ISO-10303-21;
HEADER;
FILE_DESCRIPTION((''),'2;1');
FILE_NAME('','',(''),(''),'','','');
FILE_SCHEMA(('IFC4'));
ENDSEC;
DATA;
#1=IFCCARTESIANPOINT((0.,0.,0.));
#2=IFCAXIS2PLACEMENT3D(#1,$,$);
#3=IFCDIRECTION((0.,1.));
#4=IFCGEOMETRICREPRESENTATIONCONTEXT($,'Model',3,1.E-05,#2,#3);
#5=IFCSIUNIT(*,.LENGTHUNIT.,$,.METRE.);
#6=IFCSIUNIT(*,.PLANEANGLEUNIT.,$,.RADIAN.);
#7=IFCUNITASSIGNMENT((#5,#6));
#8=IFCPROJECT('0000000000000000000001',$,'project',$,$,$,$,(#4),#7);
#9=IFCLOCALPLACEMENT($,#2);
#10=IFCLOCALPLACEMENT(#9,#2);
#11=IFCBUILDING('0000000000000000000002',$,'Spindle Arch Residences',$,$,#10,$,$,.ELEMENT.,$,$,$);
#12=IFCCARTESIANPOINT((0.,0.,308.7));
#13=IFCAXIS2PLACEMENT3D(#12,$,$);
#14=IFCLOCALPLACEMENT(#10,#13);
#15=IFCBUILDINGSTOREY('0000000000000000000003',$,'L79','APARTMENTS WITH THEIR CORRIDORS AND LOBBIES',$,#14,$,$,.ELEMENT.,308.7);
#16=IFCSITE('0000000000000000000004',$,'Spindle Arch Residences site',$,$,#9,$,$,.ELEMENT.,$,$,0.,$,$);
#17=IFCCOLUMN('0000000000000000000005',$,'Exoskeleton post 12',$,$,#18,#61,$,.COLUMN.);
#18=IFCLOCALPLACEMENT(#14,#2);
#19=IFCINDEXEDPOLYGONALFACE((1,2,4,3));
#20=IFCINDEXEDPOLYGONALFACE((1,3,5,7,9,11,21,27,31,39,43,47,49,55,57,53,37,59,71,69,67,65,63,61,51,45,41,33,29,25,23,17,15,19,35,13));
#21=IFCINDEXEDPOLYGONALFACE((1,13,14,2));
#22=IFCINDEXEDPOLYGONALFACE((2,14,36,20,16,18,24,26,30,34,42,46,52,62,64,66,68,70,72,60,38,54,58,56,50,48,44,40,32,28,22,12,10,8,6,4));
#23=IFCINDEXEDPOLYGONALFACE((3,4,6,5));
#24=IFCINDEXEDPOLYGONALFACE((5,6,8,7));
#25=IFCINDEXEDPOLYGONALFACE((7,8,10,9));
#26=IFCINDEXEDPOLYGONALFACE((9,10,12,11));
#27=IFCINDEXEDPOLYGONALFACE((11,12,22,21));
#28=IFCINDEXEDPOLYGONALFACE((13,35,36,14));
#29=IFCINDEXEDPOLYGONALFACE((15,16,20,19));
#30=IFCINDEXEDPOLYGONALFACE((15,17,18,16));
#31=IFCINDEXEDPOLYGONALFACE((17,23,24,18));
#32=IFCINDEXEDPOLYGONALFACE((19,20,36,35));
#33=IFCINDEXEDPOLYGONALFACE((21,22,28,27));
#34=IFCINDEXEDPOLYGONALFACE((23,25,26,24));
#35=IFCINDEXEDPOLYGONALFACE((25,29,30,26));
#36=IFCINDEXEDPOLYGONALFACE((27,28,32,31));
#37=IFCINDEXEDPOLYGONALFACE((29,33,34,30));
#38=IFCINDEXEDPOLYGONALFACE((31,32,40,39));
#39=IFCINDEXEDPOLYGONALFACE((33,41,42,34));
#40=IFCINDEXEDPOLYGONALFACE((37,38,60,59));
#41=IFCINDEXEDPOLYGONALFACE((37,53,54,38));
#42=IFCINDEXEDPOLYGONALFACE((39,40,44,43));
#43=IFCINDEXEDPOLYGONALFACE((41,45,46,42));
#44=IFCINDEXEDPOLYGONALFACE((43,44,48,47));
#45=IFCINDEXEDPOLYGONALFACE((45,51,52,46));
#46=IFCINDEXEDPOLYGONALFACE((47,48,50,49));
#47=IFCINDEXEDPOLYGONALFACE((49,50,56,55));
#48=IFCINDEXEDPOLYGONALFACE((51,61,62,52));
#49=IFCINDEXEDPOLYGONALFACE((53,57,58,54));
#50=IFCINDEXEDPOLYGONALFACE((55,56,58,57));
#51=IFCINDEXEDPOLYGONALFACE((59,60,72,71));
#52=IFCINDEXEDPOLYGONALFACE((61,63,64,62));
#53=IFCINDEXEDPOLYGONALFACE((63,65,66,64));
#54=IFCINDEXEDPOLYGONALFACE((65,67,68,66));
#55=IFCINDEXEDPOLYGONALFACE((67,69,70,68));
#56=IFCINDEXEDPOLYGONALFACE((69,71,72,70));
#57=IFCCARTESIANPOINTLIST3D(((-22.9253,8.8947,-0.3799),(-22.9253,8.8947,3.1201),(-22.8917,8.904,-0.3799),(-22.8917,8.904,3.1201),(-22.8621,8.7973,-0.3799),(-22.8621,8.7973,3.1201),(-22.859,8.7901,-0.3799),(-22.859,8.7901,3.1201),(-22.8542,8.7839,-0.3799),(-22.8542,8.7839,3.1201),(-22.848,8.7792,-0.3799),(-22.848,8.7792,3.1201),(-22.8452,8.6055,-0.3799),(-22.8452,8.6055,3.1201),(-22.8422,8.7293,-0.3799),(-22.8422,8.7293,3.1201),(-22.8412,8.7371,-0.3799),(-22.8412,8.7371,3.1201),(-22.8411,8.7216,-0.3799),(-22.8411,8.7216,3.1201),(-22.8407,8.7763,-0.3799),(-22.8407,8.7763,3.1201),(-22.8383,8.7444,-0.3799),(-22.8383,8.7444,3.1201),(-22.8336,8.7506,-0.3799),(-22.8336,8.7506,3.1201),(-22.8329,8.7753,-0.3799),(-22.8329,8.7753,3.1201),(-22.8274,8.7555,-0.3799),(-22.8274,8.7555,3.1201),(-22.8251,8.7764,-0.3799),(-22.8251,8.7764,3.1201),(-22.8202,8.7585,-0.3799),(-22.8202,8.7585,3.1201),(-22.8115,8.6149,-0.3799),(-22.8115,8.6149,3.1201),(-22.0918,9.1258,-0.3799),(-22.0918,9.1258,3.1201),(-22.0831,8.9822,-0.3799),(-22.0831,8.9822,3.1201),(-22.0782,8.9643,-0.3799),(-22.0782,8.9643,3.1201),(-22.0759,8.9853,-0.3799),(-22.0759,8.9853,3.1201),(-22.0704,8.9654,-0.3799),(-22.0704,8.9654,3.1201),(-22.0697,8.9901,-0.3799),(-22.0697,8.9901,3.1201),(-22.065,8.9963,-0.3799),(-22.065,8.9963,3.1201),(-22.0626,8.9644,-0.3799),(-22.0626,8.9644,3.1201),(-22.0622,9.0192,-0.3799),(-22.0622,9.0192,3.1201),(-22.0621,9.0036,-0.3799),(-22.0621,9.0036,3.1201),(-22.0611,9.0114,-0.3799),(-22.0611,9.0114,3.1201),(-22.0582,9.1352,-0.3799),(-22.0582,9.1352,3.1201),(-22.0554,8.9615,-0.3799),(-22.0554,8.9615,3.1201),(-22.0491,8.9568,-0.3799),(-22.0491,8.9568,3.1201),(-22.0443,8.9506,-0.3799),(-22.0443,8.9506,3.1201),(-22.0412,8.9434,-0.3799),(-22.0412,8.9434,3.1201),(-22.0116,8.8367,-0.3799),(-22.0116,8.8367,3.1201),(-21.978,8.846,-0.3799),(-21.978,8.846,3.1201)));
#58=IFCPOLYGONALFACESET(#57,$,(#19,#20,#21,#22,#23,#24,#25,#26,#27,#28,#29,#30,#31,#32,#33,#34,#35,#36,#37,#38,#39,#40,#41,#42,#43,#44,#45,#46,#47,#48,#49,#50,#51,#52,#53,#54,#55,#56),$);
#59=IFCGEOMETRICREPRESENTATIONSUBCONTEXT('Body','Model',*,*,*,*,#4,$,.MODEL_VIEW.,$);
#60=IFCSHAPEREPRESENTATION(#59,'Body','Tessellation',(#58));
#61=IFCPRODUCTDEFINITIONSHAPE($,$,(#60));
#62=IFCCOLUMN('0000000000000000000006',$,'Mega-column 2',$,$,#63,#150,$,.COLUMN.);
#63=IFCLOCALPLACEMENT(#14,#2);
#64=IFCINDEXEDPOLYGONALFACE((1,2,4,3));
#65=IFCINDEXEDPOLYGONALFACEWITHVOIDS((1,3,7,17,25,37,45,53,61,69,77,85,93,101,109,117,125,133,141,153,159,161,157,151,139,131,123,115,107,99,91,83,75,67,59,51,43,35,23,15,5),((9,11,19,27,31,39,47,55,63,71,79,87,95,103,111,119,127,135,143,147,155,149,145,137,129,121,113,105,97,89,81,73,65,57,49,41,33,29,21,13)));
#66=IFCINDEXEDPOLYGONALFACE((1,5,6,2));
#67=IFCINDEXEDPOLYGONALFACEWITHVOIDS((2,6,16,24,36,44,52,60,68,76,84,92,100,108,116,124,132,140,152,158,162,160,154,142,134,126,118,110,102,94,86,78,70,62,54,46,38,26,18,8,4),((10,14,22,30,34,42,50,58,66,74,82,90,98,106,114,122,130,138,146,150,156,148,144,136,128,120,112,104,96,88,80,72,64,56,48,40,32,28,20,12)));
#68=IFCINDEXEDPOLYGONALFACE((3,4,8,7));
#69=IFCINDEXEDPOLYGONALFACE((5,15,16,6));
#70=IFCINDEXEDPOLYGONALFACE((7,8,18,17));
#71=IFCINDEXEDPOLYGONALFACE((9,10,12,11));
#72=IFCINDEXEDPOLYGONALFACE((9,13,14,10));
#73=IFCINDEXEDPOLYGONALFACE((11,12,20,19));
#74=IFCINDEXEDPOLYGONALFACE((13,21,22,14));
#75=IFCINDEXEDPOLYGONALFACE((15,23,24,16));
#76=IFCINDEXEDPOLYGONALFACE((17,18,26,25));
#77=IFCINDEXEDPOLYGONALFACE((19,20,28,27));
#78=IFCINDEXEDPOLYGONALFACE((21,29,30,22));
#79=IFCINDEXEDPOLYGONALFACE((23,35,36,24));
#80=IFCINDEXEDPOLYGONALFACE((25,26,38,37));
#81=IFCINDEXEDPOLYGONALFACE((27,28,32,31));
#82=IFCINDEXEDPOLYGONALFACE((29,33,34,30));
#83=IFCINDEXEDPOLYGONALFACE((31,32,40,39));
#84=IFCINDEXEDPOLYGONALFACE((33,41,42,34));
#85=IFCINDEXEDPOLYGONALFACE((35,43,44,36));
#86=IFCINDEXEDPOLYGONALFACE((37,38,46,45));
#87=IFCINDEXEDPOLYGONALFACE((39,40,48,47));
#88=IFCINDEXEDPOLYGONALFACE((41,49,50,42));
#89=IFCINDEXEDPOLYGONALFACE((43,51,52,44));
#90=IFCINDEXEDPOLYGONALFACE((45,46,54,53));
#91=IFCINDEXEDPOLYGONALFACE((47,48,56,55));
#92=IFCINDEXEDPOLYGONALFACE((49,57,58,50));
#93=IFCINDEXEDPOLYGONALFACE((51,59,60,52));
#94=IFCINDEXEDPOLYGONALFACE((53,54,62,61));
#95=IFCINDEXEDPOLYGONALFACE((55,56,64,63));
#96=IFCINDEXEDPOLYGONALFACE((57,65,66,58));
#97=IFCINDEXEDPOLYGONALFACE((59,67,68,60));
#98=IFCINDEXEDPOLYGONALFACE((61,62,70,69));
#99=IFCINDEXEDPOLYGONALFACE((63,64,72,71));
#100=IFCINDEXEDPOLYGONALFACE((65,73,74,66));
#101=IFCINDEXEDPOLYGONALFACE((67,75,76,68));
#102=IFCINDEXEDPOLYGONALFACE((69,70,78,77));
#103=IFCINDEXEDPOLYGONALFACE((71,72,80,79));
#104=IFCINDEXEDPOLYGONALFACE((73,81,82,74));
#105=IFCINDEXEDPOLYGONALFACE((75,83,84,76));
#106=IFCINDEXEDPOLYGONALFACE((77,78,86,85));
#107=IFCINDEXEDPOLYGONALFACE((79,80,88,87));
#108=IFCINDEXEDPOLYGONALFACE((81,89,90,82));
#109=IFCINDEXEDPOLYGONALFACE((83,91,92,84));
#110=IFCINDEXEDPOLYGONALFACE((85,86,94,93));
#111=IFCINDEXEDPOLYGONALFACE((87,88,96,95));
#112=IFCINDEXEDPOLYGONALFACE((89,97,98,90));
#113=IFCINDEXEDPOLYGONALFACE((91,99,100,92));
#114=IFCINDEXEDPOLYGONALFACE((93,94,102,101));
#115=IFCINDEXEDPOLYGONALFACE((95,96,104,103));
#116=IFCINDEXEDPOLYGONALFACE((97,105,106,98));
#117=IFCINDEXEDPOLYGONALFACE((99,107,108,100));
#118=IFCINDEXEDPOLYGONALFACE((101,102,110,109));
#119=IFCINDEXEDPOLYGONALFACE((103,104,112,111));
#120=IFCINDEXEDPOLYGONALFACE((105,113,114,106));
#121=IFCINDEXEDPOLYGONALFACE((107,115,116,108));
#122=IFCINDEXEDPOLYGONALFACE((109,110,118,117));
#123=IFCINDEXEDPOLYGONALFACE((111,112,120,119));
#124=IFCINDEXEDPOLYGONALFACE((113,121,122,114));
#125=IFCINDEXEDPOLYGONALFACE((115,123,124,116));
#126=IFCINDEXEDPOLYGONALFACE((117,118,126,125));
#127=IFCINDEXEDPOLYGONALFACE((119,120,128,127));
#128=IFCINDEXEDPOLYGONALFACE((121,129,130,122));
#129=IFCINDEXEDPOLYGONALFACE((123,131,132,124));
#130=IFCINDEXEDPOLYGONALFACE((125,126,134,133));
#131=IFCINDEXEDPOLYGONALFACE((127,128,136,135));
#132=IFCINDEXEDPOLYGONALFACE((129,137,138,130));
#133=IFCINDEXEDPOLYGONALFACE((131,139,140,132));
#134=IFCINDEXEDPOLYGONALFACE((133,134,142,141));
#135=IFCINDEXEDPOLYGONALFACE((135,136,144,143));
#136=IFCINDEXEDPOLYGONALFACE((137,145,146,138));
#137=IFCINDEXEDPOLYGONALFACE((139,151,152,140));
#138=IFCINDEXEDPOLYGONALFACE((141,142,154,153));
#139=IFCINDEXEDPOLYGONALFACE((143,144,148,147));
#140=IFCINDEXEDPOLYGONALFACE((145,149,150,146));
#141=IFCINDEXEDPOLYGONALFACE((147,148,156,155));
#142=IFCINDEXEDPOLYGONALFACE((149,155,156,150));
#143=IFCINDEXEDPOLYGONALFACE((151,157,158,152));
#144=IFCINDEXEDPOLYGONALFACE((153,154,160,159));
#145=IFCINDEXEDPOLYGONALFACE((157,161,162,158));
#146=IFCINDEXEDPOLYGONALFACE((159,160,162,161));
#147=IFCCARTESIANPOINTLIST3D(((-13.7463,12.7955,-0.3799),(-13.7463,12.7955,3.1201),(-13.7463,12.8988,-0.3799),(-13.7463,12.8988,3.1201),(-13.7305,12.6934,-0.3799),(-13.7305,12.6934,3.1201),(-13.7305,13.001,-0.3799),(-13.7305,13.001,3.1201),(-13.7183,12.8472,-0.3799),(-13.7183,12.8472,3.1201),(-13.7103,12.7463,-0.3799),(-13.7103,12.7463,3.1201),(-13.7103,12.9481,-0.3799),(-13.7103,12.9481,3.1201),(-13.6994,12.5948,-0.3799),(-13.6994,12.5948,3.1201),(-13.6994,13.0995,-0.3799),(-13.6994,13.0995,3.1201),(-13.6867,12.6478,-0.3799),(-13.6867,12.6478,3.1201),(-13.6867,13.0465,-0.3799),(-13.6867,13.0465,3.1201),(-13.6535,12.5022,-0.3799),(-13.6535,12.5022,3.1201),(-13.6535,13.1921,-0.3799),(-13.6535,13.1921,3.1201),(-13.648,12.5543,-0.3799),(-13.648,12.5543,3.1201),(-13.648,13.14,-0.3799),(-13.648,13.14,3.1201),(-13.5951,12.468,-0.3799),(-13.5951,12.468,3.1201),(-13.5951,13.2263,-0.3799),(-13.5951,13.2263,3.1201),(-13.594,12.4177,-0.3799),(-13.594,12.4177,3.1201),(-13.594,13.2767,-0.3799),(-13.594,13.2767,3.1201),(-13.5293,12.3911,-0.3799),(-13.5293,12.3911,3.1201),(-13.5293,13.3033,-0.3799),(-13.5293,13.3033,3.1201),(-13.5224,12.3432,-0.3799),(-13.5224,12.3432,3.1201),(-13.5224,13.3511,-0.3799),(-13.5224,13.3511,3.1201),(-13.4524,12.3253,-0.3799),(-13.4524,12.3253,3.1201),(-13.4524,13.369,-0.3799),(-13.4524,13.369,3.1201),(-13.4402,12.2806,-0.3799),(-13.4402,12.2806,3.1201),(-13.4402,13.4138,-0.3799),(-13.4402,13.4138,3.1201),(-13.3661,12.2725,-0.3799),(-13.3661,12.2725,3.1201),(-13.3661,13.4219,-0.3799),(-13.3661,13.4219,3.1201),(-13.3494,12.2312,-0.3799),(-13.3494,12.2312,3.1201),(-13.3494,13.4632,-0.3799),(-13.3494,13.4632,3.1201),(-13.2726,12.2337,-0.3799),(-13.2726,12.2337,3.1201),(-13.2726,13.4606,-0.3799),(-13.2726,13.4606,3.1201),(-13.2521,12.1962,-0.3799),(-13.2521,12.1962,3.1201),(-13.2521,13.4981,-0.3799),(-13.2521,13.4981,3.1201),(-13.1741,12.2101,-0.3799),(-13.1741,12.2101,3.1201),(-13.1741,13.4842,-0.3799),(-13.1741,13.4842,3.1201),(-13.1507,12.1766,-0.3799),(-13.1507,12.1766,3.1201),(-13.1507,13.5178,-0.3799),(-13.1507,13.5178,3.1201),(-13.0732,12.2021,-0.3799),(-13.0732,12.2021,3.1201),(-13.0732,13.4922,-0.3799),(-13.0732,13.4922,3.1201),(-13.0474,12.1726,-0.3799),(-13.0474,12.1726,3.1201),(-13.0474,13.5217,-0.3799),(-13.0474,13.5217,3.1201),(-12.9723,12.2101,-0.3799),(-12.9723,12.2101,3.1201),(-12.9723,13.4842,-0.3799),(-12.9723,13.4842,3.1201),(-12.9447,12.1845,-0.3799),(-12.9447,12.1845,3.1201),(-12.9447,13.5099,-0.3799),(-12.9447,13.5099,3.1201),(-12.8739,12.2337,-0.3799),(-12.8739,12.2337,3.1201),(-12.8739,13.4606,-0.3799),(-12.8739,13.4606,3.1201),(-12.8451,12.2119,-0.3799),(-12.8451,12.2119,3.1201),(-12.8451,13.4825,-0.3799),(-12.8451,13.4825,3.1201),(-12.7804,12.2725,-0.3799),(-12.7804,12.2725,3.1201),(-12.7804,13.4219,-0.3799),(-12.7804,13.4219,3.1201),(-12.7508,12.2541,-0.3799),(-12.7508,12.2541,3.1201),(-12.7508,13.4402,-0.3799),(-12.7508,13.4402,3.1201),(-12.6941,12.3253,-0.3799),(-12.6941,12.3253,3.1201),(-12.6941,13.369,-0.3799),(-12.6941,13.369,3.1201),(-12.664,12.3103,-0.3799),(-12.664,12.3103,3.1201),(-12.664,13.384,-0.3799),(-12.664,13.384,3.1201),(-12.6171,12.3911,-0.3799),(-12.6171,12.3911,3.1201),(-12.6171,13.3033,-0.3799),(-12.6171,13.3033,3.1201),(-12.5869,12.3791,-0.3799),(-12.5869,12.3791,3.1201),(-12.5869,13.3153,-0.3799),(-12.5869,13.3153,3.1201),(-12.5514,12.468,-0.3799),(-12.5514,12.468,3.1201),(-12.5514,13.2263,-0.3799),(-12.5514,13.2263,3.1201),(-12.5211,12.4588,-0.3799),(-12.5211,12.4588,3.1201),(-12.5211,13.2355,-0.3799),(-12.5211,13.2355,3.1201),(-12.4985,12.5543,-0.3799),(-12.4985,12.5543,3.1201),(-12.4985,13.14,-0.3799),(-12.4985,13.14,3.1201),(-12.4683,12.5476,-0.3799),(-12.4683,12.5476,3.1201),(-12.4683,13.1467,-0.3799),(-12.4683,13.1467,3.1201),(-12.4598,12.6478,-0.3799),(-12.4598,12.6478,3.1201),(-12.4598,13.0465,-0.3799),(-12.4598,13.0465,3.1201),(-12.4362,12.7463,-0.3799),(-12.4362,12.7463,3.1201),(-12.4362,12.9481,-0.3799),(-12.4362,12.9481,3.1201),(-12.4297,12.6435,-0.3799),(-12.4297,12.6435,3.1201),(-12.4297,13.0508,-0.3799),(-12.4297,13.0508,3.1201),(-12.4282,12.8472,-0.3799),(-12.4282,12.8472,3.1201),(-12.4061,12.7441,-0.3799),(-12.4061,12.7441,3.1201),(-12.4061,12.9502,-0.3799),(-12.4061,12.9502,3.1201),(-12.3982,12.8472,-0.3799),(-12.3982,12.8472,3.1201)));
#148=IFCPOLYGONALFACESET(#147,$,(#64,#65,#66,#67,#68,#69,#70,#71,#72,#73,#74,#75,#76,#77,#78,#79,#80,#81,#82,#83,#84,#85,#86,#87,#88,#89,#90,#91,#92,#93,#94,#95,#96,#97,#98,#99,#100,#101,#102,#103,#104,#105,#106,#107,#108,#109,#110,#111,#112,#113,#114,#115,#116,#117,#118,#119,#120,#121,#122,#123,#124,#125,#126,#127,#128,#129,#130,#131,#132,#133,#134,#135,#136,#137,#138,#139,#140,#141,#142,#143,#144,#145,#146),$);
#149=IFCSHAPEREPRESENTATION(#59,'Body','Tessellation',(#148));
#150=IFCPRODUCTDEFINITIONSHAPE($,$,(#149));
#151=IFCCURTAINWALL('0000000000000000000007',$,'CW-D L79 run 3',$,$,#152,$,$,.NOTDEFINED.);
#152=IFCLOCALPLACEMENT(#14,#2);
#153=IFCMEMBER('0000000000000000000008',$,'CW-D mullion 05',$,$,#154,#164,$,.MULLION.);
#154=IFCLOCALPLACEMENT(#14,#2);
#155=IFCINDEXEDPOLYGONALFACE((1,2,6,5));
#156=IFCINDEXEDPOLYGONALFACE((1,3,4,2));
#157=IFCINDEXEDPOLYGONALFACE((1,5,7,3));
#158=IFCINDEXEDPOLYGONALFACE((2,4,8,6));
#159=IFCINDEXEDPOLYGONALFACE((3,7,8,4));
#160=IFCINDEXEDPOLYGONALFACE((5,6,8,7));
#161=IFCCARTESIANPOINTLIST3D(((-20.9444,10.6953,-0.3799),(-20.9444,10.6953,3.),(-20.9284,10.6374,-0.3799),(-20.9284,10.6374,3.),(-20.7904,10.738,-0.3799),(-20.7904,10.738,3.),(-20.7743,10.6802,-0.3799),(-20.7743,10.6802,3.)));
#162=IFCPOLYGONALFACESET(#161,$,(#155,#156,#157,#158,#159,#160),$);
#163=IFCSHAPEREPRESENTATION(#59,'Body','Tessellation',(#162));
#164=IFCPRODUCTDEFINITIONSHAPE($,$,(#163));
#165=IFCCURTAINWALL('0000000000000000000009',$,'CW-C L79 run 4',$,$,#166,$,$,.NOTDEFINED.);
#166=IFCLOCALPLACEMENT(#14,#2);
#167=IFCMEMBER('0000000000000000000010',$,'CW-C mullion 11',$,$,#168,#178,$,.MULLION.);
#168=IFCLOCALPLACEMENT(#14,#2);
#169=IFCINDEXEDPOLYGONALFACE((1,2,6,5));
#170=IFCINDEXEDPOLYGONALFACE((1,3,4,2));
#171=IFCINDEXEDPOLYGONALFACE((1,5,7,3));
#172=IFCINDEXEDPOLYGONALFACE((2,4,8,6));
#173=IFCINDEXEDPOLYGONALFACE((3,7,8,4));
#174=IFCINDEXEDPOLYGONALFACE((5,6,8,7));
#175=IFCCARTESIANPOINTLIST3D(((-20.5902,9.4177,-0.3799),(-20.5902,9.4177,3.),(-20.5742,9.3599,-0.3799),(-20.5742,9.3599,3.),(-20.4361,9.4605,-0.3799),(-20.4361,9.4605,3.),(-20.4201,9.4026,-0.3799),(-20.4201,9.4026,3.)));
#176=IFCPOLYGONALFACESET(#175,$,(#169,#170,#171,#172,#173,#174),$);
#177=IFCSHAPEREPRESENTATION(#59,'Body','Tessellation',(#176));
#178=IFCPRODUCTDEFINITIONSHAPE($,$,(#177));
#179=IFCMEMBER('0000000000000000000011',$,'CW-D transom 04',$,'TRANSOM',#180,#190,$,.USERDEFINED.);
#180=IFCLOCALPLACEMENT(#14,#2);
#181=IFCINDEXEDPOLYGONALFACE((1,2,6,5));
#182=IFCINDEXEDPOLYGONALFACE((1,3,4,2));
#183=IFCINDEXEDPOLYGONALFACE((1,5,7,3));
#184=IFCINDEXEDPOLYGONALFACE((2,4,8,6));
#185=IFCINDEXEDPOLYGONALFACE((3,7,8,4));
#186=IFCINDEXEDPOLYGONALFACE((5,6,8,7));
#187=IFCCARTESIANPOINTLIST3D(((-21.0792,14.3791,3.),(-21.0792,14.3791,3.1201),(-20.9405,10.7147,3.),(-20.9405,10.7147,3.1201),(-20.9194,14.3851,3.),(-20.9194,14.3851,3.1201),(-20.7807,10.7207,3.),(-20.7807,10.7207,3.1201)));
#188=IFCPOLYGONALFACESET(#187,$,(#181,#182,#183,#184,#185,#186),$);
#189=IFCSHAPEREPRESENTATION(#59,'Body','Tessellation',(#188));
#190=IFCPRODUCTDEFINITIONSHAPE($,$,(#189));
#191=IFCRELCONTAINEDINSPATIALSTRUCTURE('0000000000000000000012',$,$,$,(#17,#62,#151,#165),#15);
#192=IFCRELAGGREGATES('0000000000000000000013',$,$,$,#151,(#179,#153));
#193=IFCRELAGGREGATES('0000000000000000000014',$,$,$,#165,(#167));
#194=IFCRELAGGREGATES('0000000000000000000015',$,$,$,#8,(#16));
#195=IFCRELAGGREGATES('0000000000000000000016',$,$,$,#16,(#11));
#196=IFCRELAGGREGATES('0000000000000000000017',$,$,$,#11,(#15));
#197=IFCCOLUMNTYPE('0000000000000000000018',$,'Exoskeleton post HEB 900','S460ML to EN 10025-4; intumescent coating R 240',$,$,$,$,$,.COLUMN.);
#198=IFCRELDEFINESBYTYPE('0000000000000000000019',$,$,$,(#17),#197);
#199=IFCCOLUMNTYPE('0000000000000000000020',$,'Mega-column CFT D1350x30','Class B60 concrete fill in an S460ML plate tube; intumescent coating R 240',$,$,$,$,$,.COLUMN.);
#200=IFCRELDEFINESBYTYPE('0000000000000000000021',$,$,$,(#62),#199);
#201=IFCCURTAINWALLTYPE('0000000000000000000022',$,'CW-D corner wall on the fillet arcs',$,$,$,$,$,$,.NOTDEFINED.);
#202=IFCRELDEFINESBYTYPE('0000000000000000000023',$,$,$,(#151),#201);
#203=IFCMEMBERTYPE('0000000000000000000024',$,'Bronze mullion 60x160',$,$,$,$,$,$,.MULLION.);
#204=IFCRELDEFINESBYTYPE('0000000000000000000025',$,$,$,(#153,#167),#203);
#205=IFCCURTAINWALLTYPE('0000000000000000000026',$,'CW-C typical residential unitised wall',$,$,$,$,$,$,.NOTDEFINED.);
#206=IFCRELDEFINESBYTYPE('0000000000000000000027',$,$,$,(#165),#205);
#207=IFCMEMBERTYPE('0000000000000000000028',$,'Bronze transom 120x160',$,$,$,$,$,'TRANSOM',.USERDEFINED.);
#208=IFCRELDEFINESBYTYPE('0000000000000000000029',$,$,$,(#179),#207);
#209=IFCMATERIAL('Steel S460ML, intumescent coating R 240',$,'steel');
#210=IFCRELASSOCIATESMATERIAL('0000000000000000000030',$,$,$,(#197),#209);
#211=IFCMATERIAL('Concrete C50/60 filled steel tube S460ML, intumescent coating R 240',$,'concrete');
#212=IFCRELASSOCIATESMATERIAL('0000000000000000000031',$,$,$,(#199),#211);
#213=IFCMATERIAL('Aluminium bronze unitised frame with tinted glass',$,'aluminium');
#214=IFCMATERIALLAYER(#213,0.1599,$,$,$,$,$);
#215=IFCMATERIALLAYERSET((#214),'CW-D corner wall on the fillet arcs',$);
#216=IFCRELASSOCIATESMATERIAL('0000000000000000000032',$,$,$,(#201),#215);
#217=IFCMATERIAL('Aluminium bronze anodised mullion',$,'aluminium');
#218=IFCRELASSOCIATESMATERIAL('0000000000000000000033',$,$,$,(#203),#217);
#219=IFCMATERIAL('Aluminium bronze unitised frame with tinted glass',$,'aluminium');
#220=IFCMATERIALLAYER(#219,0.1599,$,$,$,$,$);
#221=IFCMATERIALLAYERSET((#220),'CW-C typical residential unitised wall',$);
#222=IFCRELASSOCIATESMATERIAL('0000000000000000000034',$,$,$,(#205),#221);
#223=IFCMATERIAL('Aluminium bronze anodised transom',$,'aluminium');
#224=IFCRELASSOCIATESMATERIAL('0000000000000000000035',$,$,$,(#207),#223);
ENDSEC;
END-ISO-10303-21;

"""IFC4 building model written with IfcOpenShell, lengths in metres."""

from ifc_helpers import new_model, si_unit, direction, frame, origin, origin_2d, place, context, subcontext, project, spatial, rectangle, hollow_circle, i_section, extrude, material, layer, layer_set, material_profile, profile_set, type_object, element, aggregate, save


model = new_model("IFC4")

# Units and contexts
model_context = context("Model", 3, precision=1e-05, world=origin(), true_north=direction((0.0, 1.0)))
body_context = subcontext(model_context, "Body", "Model", "MODEL_VIEW")
ifc_project = project(units=[si_unit("LENGTHUNIT", "METRE"), si_unit("PLANEANGLEUNIT", "RADIAN")], contexts=[model_context])

# Site, building, storey
site_placement = place(None, origin())
site = spatial("IfcSite", under=ifc_project, at=site_placement, Name="Spindle Arch Residences site", CompositionType="ELEMENT", RefElevation=0.0)
building_placement = place(site_placement, origin())
building = spatial("IfcBuilding", under=site, at=building_placement, Name="Spindle Arch Residences", CompositionType="ELEMENT")
storey_placement = place(building_placement, frame((0.0, 0.0, 308.7)))
storey = spatial("IfcBuildingStorey", under=building, at=storey_placement, Name="L79", Description="APARTMENTS WITH THEIR CORRIDORS AND LOBBIES", CompositionType="ELEMENT", Elevation=308.7)

# Columns
ifc_material_1 = material(Name="Steel S460ML, intumescent coating R 240", Category="steel")
ifc_material_profile_1 = material_profile(ifc_material_1, i_section(OverallWidth=0.3, OverallDepth=0.8999, WebThickness=0.0186, FlangeThickness=0.0349, FilletRadius=0.03, at=origin_2d()), Name="HEB 900")
ifc_profile_set_1 = profile_set([ifc_material_profile_1], Name="Steel S460ML, intumescent coating R 240")
column_type_1 = type_object("IfcColumnType", Name="Exoskeleton post HEB 900", Description="S460ML to EN 10025-4; intumescent coating R 240", PredefinedType="COLUMN", material=ifc_profile_set_1)
column_1_placement = place(storey_placement, frame((-22.4517, 8.8704, -0.3799), z_axis=(0.0, 0.0, 1.0), x_axis=(-0.267238, 0.963631, 0.0)))
element("IfcColumn", 1, at=column_1_placement, inside=storey, type_object=column_type_1, Name="Exoskeleton post 12", PredefinedType="COLUMN", context=body_context, shape_type="SweptSolid", body=[
    extrude(i_section(OverallWidth=0.3, OverallDepth=0.8999, WebThickness=0.0186, FlangeThickness=0.0349, FilletRadius=0.03, at=origin_2d()), origin(), (0.0, 0.0, 1.0), 3.5),
])
ifc_material_2 = material(Name="Concrete C50/60 filled steel tube S460ML, intumescent coating R 240", Category="concrete")
ifc_material_profile_2 = material_profile(ifc_material_2, hollow_circle(Radius=0.675, WallThickness=0.03, at=origin_2d()), Name="CFT D1350x30")
ifc_profile_set_2 = profile_set([ifc_material_profile_2], Name="Concrete C50/60 filled steel tube S460ML, intumescent coating R 240")
column_type_2 = type_object("IfcColumnType", Name="Mega-column CFT D1350x30", Description="Class B60 concrete fill in an S460ML plate tube; intumescent coating R 240", PredefinedType="COLUMN", material=ifc_profile_set_2)
column_2_placement = place(storey_placement, frame((-13.0732, 12.8472, -0.3799), z_axis=(0.0, 0.0, 1.0), x_axis=(1.0, 0.0, 0.0)))
element("IfcColumn", 2, at=column_2_placement, inside=storey, type_object=column_type_2, Name="Mega-column 2", PredefinedType="COLUMN", context=body_context, shape_type="SweptSolid", body=[
    extrude(hollow_circle(Radius=0.675, WallThickness=0.03, at=origin_2d()), origin(), (0.0, 0.0, 1.0), 3.5),
])

# Curtain walls, members
ifc_material_3 = material(Name="Aluminium bronze unitised frame with tinted glass", Category="aluminium")
ifc_layer_1 = layer(ifc_material_3, 0.1599)
ifc_layer_set_1 = layer_set([ifc_layer_1], Name="CW-D corner wall on the fillet arcs")
curtain_wall_type_1 = type_object("IfcCurtainWallType", Name="CW-D corner wall on the fillet arcs", PredefinedType="NOTDEFINED", material=ifc_layer_set_1)
curtain_wall_1_placement = place(storey_placement, origin())
curtain_wall_1 = element("IfcCurtainWall", 3, at=curtain_wall_1_placement, inside=storey, type_object=curtain_wall_type_1, Name="CW-D L79 run 3", PredefinedType="NOTDEFINED")
ifc_material_4 = material(Name="Aluminium bronze anodised mullion", Category="aluminium")
ifc_material_profile_3 = material_profile(ifc_material_4, rectangle(XDim=0.1599, YDim=0.0601, at=origin_2d()), Name="MU 60x160")
ifc_profile_set_3 = profile_set([ifc_material_profile_3], Name="Aluminium bronze anodised mullion")
member_type_1 = type_object("IfcMemberType", Name="Bronze mullion 60x160", PredefinedType="MULLION", material=ifc_profile_set_3)
member_1_placement = place(storey_placement, frame((-20.8594, 10.6877, -0.3799), z_axis=(0.0, 0.0, 1.0), x_axis=(0.96363, 0.267238, 0.0)))
member_1 = element("IfcMember", 4, at=member_1_placement, type_object=member_type_1, Name="CW-D mullion 05", PredefinedType="MULLION", context=body_context, shape_type="SweptSolid", body=[
    extrude(rectangle(XDim=0.1599, YDim=0.0601, at=origin_2d()), origin(), (0.0, 0.0, 1.0), 3.3799),
])
ifc_material_5 = material(Name="Aluminium bronze unitised frame with tinted glass", Category="aluminium")
ifc_layer_2 = layer(ifc_material_5, 0.1599)
ifc_layer_set_2 = layer_set([ifc_layer_2], Name="CW-C typical residential unitised wall")
curtain_wall_type_2 = type_object("IfcCurtainWallType", Name="CW-C typical residential unitised wall", PredefinedType="NOTDEFINED", material=ifc_layer_set_2)
curtain_wall_2_placement = place(storey_placement, origin())
curtain_wall_2 = element("IfcCurtainWall", 5, at=curtain_wall_2_placement, inside=storey, type_object=curtain_wall_type_2, Name="CW-C L79 run 4", PredefinedType="NOTDEFINED")
member_2_placement = place(storey_placement, frame((-20.5051, 9.4102, -0.3799), z_axis=(0.0, 0.0, 1.0), x_axis=(0.96363, 0.267238, 0.0)))
member_2 = element("IfcMember", 6, at=member_2_placement, type_object=member_type_1, Name="CW-C mullion 11", PredefinedType="MULLION", context=body_context, shape_type="SweptSolid", body=[
    extrude(rectangle(XDim=0.1599, YDim=0.0601, at=origin_2d()), origin(), (0.0, 0.0, 1.0), 3.3799),
])

# Member
ifc_material_6 = material(Name="Aluminium bronze anodised transom", Category="aluminium")
ifc_material_profile_4 = material_profile(ifc_material_6, rectangle(XDim=0.1599, YDim=0.1201, at=origin_2d()), Name="TR 120x160")
ifc_profile_set_4 = profile_set([ifc_material_profile_4], Name="Aluminium bronze anodised transom")
member_type_2 = type_object("IfcMemberType", Name="Bronze transom 120x160", ElementType="TRANSOM", PredefinedType="USERDEFINED", material=ifc_profile_set_4)
member_3_placement = place(storey_placement, frame((-20.9993, 14.3821, 3.0601), z_axis=(0.037817, -0.999285, 0.0), x_axis=(0.999285, 0.037817, 0.0)))
member_3 = element("IfcMember", 7, at=member_3_placement, type_object=member_type_2, Name="CW-D transom 04", ObjectType="TRANSOM", PredefinedType="USERDEFINED", context=body_context, shape_type="SweptSolid", body=[
    extrude(rectangle(XDim=0.1599, YDim=0.1201, at=origin_2d()), origin(), (0.0, 0.0, 1.0), 3.667),
])

aggregate(curtain_wall_1, [member_3, member_1])
aggregate(curtain_wall_2, [member_2])

save(model, "model.ifc")
